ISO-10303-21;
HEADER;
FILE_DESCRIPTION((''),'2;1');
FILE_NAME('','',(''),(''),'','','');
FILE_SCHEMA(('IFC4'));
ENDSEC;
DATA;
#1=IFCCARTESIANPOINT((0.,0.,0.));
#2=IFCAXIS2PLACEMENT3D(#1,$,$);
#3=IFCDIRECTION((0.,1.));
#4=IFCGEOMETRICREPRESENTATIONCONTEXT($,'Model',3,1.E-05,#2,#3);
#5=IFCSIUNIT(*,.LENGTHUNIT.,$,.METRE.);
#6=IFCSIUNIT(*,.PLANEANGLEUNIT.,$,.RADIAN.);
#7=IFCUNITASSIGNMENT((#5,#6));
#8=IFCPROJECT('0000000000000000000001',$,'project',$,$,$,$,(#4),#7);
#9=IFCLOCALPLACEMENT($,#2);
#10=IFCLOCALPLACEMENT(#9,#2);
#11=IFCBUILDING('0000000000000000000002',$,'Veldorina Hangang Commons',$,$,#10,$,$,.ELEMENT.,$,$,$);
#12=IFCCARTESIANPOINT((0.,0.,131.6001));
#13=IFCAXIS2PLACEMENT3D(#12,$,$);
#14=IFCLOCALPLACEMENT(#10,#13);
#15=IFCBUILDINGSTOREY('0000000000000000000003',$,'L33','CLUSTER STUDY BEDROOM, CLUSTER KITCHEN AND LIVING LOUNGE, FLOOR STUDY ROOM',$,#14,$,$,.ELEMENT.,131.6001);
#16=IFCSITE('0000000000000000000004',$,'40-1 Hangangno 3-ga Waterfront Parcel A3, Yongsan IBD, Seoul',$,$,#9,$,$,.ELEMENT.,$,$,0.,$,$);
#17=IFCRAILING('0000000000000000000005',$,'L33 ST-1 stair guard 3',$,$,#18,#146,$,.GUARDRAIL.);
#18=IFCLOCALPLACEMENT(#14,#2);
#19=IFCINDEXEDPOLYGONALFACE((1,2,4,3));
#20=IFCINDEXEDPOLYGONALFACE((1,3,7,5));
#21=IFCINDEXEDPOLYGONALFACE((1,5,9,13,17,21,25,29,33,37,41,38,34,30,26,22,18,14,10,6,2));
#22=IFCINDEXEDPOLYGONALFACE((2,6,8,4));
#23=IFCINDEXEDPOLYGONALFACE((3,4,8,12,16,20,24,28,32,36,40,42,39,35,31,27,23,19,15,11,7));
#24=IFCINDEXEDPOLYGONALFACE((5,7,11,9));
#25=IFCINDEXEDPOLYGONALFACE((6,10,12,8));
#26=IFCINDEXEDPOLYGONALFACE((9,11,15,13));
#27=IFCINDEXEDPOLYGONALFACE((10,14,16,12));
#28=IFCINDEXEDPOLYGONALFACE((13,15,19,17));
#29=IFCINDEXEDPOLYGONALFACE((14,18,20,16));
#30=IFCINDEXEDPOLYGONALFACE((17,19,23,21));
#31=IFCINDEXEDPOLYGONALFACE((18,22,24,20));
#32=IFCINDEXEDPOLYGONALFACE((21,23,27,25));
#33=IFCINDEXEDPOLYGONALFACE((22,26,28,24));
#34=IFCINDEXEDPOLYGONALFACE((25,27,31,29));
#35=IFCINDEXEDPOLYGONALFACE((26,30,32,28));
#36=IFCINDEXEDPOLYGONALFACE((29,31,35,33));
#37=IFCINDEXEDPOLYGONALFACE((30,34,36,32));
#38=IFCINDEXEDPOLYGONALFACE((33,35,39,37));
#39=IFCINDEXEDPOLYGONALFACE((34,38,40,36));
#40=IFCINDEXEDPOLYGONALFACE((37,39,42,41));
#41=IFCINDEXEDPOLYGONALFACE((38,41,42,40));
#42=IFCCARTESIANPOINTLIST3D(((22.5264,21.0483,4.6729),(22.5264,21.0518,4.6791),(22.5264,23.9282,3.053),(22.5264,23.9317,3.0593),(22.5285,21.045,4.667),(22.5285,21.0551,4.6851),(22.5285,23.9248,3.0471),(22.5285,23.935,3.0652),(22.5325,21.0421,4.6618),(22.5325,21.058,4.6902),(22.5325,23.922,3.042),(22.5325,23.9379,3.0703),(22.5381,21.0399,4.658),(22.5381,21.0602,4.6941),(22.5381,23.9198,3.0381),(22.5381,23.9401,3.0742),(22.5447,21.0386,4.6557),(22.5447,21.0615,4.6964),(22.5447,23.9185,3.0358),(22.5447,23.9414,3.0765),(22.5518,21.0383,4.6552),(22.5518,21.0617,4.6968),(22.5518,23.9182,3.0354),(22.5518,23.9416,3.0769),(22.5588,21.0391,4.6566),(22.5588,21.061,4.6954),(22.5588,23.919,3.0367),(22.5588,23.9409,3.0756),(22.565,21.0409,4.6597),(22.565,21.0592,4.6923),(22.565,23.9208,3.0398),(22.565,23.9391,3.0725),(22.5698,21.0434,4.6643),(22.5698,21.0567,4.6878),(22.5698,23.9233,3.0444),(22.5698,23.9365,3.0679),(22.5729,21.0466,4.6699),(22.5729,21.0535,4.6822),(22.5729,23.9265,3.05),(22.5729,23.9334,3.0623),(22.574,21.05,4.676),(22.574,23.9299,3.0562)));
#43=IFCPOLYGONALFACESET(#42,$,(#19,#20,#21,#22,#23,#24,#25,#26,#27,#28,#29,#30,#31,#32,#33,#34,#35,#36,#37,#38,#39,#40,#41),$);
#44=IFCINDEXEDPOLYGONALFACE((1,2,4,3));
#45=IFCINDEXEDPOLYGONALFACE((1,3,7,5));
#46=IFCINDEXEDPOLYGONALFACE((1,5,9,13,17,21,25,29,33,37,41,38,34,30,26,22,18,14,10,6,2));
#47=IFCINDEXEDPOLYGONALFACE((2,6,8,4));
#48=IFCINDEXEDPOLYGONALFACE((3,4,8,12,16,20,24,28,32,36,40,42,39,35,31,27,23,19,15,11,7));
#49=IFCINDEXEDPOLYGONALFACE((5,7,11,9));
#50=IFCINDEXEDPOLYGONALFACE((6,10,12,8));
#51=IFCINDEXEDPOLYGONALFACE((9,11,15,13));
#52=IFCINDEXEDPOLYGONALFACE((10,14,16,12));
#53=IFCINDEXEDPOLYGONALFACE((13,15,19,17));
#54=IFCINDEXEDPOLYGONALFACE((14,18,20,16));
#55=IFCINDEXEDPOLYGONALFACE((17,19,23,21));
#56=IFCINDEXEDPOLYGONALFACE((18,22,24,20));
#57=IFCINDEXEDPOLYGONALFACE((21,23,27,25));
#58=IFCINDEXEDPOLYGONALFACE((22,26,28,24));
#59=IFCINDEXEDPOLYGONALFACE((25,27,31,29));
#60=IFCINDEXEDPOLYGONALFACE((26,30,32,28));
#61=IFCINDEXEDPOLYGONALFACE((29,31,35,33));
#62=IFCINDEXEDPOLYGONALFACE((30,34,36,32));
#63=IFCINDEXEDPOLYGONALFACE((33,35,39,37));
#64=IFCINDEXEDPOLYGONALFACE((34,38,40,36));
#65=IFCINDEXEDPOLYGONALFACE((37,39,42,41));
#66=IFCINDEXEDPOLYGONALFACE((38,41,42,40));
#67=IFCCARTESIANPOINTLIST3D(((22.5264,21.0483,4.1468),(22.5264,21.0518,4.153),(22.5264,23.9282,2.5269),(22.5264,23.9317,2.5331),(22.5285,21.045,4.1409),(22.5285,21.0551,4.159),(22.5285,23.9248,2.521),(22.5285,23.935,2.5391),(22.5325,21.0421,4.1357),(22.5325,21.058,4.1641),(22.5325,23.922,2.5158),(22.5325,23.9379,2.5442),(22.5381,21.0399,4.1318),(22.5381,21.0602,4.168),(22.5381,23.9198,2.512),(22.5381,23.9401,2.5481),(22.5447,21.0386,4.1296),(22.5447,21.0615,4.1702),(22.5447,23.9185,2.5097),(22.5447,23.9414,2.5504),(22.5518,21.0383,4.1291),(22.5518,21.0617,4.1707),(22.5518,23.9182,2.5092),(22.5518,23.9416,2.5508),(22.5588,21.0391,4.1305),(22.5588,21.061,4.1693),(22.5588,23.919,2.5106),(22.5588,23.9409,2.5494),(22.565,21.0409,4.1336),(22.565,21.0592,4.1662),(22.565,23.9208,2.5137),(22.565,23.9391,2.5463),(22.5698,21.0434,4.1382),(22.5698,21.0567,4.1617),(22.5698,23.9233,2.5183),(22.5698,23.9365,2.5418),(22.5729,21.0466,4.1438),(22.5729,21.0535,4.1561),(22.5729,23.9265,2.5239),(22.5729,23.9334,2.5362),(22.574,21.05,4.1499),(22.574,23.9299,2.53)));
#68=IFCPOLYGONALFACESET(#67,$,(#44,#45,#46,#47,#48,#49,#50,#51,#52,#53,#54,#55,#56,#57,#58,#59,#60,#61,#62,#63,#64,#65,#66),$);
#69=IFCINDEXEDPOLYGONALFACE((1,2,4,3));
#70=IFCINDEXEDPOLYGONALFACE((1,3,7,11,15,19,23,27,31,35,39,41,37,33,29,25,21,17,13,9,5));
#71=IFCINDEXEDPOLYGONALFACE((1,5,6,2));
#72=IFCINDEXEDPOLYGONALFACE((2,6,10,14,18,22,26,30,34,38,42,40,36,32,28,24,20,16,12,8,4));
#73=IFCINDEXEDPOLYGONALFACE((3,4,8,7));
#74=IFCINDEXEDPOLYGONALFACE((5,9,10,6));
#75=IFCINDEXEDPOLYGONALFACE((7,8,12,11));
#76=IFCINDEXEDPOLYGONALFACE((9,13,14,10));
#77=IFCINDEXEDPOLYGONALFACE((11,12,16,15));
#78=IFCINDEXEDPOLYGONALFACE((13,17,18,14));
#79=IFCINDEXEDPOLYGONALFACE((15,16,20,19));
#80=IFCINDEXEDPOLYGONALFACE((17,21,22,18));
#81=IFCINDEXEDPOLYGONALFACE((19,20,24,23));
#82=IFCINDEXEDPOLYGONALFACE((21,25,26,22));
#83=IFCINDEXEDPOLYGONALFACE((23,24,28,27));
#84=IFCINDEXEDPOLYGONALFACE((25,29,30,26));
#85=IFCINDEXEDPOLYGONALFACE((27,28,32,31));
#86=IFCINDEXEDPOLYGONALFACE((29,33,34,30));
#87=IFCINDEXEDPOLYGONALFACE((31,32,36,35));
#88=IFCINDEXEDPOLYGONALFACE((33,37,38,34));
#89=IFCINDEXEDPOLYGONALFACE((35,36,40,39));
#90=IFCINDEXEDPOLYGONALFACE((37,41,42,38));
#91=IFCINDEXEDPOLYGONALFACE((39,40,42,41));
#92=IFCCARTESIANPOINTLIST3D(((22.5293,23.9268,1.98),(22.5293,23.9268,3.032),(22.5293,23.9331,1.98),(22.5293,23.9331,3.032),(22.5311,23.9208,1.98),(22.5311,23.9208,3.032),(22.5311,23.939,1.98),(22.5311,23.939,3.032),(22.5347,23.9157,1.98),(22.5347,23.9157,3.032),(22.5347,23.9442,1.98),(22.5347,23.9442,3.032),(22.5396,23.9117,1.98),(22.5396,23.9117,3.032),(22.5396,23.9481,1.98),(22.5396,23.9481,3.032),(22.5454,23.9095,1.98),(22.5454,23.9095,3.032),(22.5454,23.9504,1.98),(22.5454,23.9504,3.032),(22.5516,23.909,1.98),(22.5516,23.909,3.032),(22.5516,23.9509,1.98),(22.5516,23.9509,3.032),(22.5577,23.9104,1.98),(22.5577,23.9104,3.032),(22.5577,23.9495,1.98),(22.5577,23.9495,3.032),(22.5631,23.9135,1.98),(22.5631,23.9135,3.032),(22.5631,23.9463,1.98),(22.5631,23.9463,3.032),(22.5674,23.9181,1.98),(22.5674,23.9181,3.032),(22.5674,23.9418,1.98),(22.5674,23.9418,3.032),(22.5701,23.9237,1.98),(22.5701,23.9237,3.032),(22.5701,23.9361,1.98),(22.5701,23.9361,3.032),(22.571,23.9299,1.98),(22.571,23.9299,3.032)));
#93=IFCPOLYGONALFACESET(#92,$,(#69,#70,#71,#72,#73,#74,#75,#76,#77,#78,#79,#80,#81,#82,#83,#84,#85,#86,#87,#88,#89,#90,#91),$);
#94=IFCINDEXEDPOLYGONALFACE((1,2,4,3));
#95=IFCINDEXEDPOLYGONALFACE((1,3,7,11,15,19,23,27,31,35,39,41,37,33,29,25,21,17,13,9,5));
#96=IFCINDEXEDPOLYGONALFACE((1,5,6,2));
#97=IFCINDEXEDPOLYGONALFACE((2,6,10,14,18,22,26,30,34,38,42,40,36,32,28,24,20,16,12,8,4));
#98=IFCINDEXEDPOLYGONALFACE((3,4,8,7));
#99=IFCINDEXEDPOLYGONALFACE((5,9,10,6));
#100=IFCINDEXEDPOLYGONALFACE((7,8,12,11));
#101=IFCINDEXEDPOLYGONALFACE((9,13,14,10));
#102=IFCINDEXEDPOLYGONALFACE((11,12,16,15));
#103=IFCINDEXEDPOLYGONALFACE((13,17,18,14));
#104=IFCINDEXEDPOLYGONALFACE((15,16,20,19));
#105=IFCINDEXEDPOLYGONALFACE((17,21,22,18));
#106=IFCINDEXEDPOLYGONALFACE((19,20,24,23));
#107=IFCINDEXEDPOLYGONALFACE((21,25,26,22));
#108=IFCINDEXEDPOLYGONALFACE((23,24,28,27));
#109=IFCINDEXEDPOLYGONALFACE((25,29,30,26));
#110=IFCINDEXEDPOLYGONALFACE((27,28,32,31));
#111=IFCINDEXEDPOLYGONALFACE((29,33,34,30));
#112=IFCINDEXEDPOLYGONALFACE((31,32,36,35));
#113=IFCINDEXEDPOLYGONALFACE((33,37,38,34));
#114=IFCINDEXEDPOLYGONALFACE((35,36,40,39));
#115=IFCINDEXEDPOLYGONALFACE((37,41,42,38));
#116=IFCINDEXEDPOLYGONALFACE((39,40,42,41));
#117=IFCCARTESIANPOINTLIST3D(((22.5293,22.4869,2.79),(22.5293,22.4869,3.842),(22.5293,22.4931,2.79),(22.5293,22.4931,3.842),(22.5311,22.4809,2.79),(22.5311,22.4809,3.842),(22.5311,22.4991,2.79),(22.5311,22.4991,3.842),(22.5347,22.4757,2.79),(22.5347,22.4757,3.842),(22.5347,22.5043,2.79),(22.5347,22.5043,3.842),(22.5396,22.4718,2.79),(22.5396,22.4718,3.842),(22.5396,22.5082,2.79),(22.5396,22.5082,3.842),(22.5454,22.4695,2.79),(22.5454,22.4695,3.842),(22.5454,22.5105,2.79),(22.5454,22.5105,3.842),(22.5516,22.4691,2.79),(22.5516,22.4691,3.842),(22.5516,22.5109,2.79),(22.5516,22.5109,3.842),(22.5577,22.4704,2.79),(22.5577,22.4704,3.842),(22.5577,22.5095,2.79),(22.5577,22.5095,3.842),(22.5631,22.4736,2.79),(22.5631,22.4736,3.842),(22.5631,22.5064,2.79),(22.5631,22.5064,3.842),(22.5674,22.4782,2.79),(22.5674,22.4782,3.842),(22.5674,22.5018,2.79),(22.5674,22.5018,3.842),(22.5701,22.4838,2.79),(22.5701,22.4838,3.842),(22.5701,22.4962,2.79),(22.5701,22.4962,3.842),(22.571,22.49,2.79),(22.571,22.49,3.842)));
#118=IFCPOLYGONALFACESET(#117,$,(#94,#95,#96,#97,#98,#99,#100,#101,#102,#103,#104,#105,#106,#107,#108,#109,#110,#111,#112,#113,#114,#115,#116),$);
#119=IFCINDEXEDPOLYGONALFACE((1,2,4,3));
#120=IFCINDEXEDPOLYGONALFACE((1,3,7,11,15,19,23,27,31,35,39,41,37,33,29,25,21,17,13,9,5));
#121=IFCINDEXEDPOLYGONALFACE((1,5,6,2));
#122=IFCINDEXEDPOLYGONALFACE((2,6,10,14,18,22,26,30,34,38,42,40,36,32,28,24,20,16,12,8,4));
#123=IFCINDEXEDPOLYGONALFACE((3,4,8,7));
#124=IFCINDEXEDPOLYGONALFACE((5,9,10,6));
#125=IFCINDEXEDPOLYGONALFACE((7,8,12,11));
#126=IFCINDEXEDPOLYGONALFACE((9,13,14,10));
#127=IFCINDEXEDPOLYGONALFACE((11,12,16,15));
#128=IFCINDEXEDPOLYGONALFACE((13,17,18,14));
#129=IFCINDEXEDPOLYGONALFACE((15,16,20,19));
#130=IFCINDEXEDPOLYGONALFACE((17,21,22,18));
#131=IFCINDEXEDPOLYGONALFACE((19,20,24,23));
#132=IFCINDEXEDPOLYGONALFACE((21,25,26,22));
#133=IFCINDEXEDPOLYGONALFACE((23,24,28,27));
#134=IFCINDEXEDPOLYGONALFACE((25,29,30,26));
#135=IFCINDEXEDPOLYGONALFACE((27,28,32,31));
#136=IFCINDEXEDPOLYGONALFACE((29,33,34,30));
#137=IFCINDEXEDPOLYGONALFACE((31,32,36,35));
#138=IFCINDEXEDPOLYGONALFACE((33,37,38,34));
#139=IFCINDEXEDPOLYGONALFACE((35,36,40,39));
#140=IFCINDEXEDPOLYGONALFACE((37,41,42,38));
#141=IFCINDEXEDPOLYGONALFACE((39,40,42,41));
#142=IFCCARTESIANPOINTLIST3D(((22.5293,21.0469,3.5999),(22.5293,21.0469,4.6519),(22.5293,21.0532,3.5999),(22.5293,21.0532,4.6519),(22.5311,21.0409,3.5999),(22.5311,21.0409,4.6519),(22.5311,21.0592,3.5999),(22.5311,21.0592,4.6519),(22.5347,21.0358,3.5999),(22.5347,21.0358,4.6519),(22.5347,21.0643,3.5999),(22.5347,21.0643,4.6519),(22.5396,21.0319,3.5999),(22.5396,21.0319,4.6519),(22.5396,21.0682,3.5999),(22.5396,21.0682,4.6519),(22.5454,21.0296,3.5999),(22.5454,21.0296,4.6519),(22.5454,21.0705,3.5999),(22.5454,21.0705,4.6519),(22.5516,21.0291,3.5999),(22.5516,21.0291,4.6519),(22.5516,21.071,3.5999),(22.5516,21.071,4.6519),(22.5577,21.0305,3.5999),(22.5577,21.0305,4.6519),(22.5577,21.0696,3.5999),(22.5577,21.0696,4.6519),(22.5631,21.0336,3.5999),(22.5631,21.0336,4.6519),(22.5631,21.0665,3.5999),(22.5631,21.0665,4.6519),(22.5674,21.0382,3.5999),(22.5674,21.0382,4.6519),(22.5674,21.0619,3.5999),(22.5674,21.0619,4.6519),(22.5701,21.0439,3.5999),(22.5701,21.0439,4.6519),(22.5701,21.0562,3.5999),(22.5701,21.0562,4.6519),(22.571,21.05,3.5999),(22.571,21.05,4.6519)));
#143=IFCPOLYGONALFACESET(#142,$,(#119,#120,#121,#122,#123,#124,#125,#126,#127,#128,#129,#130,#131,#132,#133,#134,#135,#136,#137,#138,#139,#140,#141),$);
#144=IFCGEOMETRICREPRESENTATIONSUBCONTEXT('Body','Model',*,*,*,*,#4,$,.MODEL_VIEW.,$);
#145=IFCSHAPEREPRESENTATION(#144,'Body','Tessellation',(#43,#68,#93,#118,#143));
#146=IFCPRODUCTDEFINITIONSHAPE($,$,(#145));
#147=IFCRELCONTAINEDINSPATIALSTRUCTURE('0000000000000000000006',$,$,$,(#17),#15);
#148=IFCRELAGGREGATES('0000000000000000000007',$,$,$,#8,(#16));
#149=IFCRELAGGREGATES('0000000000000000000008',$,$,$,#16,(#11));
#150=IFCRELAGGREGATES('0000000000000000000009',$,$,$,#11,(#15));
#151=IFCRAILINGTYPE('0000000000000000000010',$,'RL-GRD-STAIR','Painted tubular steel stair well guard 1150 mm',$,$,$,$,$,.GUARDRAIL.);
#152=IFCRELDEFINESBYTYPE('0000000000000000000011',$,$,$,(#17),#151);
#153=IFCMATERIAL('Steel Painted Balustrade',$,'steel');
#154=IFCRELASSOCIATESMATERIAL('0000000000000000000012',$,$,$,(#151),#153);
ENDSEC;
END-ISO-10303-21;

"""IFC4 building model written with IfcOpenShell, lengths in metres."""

from ifc_helpers import new_model, si_unit, direction, frame, origin, origin_2d, place, context, subcontext, project, spatial, circle, extrude, material, type_object, element, save


model = new_model("IFC4")

# Units and contexts
model_context = context("Model", 3, precision=1e-05, world=origin(), true_north=direction((0.0, 1.0)))
body_context = subcontext(model_context, "Body", "Model", "MODEL_VIEW")
ifc_project = project(units=[si_unit("LENGTHUNIT", "METRE"), si_unit("PLANEANGLEUNIT", "RADIAN")], contexts=[model_context])

# Site, building, storey
site_placement = place(None, origin())
site = spatial("IfcSite", under=ifc_project, at=site_placement, Name="40-1 Hangangno 3-ga Waterfront Parcel A3, Yongsan IBD, Seoul", CompositionType="ELEMENT", RefElevation=0.0)
building_placement = place(site_placement, origin())
building = spatial("IfcBuilding", under=site, at=building_placement, Name="Veldorina Hangang Commons", CompositionType="ELEMENT")
storey_placement = place(building_placement, frame((0.0, 0.0, 131.6001)))
storey = spatial("IfcBuildingStorey", under=building, at=storey_placement, Name="L33", Description="CLUSTER STUDY BEDROOM, CLUSTER KITCHEN AND LIVING LOUNGE, FLOOR STUDY ROOM", CompositionType="ELEMENT", Elevation=131.6001)

# Railing
ifc_material_1 = material(Name="Steel Painted Balustrade", Category="steel")
railing_type_1 = type_object("IfcRailingType", Name="RL-GRD-STAIR", Description="Painted tubular steel stair well guard 1150 mm", PredefinedType="GUARDRAIL", material=ifc_material_1)
railing_1_placement = place(storey_placement, frame((22.55, 23.9299, 1.98)))
element("IfcRailing", 1, at=railing_1_placement, inside=storey, type_object=railing_type_1, Name="L33 ST-1 stair guard 3", PredefinedType="GUARDRAIL", context=body_context, shape_type="SweptSolid", body=[
    extrude(circle(Radius=0.0239, at=origin_2d()), frame((0.0, 0.0, 1.0762), z_axis=(0.0, -0.871583, 0.490247), x_axis=(1.0, 0.0, 0.0)), (0.0, 0.0, 1.0), 3.3042),
    extrude(circle(Radius=0.0239, at=origin_2d()), frame((0.0, 0.0, 0.55), z_axis=(0.0, -0.871583, 0.490247), x_axis=(1.0, 0.0, 0.0)), (0.0, 0.0, 1.0), 3.3042),
    extrude(circle(Radius=0.021, at=origin_2d()), origin(), (0.0, 0.0, 1.0), 1.052),
    extrude(circle(Radius=0.021, at=origin_2d()), frame((0.0, -1.4399, 0.8101)), (0.0, 0.0, 1.0), 1.052),
    extrude(circle(Radius=0.021, at=origin_2d()), frame((0.0, -2.8799, 1.6199)), (0.0, 0.0, 1.0), 1.052),
])

save(model, "model.ifc")
